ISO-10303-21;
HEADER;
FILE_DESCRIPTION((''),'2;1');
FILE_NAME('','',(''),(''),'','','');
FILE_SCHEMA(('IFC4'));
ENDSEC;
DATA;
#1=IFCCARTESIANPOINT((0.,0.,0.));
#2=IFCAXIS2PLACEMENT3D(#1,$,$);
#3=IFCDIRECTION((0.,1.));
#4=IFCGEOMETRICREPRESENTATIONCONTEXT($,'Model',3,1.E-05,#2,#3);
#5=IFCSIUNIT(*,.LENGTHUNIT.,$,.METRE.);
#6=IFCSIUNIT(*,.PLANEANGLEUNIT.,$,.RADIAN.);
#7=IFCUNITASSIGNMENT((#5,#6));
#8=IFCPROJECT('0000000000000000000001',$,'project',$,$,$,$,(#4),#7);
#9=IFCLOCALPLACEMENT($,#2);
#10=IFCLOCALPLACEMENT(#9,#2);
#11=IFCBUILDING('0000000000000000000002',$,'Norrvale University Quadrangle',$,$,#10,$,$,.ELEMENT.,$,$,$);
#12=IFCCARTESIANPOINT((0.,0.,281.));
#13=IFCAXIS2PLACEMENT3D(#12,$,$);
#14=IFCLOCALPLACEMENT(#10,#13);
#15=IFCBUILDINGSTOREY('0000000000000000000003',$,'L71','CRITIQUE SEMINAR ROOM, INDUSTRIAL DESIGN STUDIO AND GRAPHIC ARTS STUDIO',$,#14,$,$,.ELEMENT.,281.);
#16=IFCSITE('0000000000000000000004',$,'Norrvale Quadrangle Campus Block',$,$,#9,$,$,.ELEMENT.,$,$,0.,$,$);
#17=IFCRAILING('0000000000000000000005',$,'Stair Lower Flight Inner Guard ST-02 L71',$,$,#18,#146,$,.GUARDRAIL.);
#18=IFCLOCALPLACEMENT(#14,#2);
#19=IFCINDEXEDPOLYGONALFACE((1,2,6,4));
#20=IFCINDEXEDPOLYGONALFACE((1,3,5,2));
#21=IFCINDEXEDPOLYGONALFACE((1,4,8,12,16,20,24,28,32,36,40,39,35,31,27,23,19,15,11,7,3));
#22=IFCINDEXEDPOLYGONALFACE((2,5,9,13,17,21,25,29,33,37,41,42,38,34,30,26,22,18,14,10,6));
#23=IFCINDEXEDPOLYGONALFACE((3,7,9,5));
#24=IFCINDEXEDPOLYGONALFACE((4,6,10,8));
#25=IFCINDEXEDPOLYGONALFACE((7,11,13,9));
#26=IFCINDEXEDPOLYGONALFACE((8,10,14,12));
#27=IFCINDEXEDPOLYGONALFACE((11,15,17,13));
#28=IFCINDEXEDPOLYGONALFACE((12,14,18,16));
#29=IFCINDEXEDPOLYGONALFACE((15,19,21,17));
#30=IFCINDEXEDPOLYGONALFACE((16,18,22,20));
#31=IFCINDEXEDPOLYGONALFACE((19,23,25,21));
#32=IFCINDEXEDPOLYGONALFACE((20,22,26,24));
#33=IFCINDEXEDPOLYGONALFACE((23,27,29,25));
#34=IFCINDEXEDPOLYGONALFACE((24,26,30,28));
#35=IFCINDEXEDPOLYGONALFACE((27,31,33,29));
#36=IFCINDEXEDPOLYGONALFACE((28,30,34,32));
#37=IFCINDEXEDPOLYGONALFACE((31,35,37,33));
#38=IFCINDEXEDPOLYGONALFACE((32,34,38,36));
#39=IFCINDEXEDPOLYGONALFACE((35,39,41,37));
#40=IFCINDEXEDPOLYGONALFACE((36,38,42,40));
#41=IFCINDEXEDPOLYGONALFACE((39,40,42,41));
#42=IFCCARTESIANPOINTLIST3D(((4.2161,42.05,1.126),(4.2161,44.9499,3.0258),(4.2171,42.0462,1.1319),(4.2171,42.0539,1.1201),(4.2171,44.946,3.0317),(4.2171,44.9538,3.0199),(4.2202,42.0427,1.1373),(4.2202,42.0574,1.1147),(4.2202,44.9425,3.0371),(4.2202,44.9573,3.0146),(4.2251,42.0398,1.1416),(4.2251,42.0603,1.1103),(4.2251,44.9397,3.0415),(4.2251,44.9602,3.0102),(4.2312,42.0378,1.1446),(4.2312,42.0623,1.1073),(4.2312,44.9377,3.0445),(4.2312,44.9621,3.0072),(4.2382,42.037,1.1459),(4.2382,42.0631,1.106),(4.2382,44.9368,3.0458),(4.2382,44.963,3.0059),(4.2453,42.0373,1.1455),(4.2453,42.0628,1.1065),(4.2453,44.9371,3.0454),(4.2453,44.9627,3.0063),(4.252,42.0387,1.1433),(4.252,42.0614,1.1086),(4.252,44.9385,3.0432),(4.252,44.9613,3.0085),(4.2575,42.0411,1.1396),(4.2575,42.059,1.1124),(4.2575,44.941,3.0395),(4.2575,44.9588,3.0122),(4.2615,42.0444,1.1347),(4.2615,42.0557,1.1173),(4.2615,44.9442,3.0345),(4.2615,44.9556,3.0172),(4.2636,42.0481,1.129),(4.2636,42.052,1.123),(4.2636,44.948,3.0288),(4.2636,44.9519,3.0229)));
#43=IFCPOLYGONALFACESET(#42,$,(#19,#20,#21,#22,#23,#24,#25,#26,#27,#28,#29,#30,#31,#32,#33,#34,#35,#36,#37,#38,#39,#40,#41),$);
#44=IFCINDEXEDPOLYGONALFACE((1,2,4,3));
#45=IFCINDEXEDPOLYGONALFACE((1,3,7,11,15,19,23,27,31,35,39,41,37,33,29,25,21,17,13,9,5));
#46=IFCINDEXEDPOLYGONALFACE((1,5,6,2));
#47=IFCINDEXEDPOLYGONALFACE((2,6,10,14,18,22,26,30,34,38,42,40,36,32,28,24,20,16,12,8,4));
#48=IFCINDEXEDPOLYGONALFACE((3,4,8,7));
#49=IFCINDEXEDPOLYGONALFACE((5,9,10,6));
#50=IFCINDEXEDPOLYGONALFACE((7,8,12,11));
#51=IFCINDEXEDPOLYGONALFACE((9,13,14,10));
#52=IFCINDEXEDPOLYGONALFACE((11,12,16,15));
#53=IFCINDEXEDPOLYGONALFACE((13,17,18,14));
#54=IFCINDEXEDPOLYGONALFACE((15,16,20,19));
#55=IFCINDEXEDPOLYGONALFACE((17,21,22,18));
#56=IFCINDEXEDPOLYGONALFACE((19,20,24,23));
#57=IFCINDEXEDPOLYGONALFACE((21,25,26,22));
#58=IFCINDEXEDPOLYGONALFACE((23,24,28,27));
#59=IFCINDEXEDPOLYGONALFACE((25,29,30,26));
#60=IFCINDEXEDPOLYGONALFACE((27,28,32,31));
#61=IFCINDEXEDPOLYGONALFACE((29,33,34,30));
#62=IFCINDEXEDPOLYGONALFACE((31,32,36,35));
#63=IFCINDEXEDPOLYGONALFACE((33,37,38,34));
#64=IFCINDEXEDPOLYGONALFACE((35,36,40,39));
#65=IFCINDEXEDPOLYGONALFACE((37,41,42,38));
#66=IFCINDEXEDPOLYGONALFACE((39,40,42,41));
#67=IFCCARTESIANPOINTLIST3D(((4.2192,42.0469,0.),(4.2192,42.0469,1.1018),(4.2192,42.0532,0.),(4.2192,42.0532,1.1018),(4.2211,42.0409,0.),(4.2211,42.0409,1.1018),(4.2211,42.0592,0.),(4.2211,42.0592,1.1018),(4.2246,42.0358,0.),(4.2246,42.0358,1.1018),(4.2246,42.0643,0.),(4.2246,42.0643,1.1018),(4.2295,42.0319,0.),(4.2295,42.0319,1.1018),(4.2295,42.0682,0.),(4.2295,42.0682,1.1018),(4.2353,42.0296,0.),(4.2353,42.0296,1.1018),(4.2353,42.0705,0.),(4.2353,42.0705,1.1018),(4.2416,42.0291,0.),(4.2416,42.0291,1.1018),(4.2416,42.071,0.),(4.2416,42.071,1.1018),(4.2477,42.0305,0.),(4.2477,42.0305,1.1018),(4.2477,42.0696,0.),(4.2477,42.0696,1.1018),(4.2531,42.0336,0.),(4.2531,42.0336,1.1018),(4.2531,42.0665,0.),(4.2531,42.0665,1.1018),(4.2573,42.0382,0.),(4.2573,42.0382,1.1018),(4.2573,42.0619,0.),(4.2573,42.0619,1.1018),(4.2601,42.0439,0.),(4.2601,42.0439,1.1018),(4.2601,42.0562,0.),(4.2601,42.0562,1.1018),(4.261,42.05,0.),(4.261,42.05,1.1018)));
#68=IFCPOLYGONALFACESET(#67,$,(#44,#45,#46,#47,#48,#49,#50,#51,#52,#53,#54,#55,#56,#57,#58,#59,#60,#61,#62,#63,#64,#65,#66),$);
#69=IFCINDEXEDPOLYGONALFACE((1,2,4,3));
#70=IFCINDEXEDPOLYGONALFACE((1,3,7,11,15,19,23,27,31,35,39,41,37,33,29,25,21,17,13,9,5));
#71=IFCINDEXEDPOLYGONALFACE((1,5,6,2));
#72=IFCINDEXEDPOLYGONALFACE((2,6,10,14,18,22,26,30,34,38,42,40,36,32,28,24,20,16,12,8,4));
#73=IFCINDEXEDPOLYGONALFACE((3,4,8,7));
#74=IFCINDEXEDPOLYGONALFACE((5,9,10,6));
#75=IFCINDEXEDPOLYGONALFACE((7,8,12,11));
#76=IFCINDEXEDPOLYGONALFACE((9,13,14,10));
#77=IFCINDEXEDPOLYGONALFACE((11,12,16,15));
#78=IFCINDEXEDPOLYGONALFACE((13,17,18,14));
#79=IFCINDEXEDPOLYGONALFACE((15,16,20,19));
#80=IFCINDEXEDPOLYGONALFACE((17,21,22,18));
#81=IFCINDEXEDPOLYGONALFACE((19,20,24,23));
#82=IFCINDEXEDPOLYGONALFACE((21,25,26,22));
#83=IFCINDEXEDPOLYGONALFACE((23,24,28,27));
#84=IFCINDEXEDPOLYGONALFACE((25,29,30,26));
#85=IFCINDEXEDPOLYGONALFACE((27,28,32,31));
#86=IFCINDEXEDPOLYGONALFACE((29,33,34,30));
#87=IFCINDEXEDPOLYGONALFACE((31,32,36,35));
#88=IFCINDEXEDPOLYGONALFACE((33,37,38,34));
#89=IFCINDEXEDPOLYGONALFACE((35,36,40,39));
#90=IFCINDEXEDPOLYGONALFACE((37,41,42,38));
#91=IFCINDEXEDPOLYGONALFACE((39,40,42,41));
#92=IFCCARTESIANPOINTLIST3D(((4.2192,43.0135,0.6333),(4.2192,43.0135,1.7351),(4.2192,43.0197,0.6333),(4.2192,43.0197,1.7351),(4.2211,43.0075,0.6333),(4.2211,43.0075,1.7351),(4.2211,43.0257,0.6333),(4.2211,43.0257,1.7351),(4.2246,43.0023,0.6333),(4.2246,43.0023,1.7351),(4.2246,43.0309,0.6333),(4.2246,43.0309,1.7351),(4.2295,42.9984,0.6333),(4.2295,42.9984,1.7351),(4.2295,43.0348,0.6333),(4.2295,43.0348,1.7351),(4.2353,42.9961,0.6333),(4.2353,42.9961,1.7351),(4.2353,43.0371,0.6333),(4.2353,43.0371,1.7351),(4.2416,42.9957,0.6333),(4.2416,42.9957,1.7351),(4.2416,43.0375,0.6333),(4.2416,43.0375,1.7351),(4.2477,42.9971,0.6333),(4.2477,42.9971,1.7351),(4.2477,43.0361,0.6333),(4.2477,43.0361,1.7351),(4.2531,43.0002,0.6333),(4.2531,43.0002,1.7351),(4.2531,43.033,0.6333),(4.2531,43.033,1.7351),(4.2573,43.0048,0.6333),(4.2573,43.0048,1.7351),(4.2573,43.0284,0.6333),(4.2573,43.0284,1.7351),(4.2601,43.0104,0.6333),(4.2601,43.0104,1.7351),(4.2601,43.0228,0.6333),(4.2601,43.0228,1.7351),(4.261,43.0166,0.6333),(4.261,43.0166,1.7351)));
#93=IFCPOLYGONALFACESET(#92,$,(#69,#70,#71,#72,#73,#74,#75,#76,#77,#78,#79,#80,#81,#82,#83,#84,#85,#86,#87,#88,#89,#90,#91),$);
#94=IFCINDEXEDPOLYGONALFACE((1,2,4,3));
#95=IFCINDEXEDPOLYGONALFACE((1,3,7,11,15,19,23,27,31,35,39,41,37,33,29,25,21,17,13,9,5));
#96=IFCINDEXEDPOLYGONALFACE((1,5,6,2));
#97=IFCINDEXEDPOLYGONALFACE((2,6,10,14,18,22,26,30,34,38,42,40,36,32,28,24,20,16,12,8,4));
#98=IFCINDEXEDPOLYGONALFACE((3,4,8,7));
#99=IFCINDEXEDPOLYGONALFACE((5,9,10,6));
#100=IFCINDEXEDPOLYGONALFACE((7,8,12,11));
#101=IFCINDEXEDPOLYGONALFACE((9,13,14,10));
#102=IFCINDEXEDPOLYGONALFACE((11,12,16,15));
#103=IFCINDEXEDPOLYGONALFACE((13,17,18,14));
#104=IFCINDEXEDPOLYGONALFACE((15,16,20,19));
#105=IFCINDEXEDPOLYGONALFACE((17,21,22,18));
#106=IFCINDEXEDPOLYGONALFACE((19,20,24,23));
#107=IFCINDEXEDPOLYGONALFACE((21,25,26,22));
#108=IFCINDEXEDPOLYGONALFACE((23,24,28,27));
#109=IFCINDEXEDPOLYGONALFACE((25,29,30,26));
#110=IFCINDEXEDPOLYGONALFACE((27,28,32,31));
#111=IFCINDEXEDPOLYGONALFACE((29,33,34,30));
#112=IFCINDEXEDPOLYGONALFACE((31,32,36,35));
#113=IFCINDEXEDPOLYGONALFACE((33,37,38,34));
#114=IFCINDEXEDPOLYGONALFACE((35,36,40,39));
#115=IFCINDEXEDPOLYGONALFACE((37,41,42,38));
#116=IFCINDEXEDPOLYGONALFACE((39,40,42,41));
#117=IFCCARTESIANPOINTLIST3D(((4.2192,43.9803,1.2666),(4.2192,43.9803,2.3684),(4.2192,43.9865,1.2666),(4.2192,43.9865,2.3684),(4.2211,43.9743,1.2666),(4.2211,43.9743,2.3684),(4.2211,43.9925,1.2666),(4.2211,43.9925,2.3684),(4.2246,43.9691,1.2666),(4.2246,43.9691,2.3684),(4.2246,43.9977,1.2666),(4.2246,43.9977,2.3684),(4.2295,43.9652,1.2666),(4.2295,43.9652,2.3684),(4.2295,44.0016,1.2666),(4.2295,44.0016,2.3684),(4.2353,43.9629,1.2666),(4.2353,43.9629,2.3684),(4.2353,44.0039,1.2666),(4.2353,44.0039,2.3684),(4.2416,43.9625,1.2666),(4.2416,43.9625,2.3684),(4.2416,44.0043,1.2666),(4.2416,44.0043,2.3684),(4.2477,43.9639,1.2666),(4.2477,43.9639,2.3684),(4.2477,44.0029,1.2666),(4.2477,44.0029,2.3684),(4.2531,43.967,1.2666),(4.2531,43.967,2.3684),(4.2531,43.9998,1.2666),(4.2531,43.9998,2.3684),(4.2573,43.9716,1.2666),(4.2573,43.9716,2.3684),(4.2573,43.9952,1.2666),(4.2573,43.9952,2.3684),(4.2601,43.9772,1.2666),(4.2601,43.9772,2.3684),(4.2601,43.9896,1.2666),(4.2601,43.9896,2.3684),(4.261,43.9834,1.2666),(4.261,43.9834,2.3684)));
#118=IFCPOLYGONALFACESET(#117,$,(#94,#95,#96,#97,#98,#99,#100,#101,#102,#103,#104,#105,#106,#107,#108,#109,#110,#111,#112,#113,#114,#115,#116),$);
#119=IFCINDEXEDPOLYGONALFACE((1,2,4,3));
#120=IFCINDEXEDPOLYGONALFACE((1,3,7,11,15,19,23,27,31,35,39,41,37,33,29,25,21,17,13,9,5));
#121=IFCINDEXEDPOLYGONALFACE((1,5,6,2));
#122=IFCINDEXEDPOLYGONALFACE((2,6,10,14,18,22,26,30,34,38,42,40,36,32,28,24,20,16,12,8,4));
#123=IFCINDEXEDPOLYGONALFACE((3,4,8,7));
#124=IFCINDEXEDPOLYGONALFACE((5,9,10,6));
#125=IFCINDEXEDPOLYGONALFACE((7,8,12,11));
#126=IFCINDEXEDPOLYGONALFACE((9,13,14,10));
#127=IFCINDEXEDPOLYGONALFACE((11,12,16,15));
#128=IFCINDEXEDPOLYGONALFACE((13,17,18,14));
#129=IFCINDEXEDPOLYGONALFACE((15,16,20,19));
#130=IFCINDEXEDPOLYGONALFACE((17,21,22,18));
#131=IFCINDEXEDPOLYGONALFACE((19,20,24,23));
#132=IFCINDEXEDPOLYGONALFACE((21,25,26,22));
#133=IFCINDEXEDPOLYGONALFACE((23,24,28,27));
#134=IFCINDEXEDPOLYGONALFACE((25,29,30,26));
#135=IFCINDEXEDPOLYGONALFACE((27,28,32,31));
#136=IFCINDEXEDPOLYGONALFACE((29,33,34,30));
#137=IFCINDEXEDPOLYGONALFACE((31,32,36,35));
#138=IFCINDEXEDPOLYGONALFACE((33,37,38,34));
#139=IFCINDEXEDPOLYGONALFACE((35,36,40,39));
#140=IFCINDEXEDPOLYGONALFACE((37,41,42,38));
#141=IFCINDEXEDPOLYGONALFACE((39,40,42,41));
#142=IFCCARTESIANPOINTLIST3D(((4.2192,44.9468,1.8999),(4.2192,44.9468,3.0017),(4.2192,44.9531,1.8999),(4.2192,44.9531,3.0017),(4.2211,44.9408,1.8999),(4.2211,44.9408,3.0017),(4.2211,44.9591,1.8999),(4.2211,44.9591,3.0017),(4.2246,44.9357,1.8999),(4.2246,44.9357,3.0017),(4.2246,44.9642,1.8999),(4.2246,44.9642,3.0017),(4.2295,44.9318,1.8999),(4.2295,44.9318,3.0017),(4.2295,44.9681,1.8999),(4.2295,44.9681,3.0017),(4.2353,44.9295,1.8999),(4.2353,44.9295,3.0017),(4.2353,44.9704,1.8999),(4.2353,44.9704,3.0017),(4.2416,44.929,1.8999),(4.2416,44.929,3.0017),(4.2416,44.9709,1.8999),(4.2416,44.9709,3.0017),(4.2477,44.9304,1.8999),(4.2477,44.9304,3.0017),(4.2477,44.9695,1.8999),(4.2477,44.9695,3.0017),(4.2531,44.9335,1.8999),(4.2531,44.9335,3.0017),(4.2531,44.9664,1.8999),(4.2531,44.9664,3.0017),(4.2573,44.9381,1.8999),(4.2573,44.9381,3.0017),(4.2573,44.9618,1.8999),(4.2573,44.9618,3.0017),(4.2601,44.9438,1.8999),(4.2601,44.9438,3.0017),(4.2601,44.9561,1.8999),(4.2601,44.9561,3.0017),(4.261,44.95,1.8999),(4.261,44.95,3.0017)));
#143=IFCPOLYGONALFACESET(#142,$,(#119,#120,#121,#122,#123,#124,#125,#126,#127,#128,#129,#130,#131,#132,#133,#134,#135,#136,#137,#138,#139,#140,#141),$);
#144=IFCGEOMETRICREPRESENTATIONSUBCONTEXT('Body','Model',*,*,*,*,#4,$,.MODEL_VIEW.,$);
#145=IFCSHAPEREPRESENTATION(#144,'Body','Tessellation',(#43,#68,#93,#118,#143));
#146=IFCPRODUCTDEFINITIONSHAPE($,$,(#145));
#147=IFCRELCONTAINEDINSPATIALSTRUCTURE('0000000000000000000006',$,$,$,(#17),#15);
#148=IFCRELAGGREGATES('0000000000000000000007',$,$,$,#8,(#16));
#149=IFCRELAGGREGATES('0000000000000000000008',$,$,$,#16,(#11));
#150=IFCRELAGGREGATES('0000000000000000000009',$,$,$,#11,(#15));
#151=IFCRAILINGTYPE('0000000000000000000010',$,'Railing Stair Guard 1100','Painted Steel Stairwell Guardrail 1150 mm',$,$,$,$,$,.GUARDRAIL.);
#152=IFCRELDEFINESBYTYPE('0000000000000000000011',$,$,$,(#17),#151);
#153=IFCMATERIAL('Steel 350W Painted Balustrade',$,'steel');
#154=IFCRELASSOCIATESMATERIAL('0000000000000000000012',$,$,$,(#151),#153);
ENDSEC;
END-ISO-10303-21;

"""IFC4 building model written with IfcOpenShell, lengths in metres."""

from ifc_helpers import new_model, si_unit, direction, frame, origin, origin_2d, place, context, subcontext, project, spatial, circle, extrude, material, type_object, element, save


model = new_model("IFC4")

# Units and contexts
model_context = context("Model", 3, precision=1e-05, world=origin(), true_north=direction((0.0, 1.0)))
body_context = subcontext(model_context, "Body", "Model", "MODEL_VIEW")
ifc_project = project(units=[si_unit("LENGTHUNIT", "METRE"), si_unit("PLANEANGLEUNIT", "RADIAN")], contexts=[model_context])

# Site, building, storey
site_placement = place(None, origin())
site = spatial("IfcSite", under=ifc_project, at=site_placement, Name="Norrvale Quadrangle Campus Block", CompositionType="ELEMENT", RefElevation=0.0)
building_placement = place(site_placement, origin())
building = spatial("IfcBuilding", under=site, at=building_placement, Name="Norrvale University Quadrangle", CompositionType="ELEMENT")
storey_placement = place(building_placement, frame((0.0, 0.0, 281.0)))
storey = spatial("IfcBuildingStorey", under=building, at=storey_placement, Name="L71", Description="CRITIQUE SEMINAR ROOM, INDUSTRIAL DESIGN STUDIO AND GRAPHIC ARTS STUDIO", CompositionType="ELEMENT", Elevation=281.0)

# Railing
ifc_material_1 = material(Name="Steel 350W Painted Balustrade", Category="steel")
railing_type_1 = type_object("IfcRailingType", Name="Railing Stair Guard 1100", Description="Painted Steel Stairwell Guardrail 1150 mm", PredefinedType="GUARDRAIL", material=ifc_material_1)
railing_1_placement = place(storey_placement, frame((4.24, 42.05, 0.0)))
element("IfcRailing", 1, at=railing_1_placement, inside=storey, type_object=railing_type_1, Name="Stair Lower Flight Inner Guard ST-02 L71", PredefinedType="GUARDRAIL", context=body_context, shape_type="SweptSolid", body=[
    extrude(circle(Radius=0.0239, at=origin_2d()), frame((0.0, 0.0, 1.126), z_axis=(0.0, 0.836466, 0.548019), x_axis=(-1.0, 0.0, 0.0)), (0.0, 0.0, 1.0), 3.4668),
    extrude(circle(Radius=0.021, at=origin_2d()), origin(), (0.0, 0.0, 1.0), 1.1018),
    extrude(circle(Radius=0.021, at=origin_2d()), frame((0.0, 0.9666, 0.6333)), (0.0, 0.0, 1.0), 1.1018),
    extrude(circle(Radius=0.021, at=origin_2d()), frame((0.0, 1.9333, 1.2666)), (0.0, 0.0, 1.0), 1.1018),
    extrude(circle(Radius=0.021, at=origin_2d()), frame((0.0, 2.8999, 1.8999)), (0.0, 0.0, 1.0), 1.1018),
])

save(model, "model.ifc")
